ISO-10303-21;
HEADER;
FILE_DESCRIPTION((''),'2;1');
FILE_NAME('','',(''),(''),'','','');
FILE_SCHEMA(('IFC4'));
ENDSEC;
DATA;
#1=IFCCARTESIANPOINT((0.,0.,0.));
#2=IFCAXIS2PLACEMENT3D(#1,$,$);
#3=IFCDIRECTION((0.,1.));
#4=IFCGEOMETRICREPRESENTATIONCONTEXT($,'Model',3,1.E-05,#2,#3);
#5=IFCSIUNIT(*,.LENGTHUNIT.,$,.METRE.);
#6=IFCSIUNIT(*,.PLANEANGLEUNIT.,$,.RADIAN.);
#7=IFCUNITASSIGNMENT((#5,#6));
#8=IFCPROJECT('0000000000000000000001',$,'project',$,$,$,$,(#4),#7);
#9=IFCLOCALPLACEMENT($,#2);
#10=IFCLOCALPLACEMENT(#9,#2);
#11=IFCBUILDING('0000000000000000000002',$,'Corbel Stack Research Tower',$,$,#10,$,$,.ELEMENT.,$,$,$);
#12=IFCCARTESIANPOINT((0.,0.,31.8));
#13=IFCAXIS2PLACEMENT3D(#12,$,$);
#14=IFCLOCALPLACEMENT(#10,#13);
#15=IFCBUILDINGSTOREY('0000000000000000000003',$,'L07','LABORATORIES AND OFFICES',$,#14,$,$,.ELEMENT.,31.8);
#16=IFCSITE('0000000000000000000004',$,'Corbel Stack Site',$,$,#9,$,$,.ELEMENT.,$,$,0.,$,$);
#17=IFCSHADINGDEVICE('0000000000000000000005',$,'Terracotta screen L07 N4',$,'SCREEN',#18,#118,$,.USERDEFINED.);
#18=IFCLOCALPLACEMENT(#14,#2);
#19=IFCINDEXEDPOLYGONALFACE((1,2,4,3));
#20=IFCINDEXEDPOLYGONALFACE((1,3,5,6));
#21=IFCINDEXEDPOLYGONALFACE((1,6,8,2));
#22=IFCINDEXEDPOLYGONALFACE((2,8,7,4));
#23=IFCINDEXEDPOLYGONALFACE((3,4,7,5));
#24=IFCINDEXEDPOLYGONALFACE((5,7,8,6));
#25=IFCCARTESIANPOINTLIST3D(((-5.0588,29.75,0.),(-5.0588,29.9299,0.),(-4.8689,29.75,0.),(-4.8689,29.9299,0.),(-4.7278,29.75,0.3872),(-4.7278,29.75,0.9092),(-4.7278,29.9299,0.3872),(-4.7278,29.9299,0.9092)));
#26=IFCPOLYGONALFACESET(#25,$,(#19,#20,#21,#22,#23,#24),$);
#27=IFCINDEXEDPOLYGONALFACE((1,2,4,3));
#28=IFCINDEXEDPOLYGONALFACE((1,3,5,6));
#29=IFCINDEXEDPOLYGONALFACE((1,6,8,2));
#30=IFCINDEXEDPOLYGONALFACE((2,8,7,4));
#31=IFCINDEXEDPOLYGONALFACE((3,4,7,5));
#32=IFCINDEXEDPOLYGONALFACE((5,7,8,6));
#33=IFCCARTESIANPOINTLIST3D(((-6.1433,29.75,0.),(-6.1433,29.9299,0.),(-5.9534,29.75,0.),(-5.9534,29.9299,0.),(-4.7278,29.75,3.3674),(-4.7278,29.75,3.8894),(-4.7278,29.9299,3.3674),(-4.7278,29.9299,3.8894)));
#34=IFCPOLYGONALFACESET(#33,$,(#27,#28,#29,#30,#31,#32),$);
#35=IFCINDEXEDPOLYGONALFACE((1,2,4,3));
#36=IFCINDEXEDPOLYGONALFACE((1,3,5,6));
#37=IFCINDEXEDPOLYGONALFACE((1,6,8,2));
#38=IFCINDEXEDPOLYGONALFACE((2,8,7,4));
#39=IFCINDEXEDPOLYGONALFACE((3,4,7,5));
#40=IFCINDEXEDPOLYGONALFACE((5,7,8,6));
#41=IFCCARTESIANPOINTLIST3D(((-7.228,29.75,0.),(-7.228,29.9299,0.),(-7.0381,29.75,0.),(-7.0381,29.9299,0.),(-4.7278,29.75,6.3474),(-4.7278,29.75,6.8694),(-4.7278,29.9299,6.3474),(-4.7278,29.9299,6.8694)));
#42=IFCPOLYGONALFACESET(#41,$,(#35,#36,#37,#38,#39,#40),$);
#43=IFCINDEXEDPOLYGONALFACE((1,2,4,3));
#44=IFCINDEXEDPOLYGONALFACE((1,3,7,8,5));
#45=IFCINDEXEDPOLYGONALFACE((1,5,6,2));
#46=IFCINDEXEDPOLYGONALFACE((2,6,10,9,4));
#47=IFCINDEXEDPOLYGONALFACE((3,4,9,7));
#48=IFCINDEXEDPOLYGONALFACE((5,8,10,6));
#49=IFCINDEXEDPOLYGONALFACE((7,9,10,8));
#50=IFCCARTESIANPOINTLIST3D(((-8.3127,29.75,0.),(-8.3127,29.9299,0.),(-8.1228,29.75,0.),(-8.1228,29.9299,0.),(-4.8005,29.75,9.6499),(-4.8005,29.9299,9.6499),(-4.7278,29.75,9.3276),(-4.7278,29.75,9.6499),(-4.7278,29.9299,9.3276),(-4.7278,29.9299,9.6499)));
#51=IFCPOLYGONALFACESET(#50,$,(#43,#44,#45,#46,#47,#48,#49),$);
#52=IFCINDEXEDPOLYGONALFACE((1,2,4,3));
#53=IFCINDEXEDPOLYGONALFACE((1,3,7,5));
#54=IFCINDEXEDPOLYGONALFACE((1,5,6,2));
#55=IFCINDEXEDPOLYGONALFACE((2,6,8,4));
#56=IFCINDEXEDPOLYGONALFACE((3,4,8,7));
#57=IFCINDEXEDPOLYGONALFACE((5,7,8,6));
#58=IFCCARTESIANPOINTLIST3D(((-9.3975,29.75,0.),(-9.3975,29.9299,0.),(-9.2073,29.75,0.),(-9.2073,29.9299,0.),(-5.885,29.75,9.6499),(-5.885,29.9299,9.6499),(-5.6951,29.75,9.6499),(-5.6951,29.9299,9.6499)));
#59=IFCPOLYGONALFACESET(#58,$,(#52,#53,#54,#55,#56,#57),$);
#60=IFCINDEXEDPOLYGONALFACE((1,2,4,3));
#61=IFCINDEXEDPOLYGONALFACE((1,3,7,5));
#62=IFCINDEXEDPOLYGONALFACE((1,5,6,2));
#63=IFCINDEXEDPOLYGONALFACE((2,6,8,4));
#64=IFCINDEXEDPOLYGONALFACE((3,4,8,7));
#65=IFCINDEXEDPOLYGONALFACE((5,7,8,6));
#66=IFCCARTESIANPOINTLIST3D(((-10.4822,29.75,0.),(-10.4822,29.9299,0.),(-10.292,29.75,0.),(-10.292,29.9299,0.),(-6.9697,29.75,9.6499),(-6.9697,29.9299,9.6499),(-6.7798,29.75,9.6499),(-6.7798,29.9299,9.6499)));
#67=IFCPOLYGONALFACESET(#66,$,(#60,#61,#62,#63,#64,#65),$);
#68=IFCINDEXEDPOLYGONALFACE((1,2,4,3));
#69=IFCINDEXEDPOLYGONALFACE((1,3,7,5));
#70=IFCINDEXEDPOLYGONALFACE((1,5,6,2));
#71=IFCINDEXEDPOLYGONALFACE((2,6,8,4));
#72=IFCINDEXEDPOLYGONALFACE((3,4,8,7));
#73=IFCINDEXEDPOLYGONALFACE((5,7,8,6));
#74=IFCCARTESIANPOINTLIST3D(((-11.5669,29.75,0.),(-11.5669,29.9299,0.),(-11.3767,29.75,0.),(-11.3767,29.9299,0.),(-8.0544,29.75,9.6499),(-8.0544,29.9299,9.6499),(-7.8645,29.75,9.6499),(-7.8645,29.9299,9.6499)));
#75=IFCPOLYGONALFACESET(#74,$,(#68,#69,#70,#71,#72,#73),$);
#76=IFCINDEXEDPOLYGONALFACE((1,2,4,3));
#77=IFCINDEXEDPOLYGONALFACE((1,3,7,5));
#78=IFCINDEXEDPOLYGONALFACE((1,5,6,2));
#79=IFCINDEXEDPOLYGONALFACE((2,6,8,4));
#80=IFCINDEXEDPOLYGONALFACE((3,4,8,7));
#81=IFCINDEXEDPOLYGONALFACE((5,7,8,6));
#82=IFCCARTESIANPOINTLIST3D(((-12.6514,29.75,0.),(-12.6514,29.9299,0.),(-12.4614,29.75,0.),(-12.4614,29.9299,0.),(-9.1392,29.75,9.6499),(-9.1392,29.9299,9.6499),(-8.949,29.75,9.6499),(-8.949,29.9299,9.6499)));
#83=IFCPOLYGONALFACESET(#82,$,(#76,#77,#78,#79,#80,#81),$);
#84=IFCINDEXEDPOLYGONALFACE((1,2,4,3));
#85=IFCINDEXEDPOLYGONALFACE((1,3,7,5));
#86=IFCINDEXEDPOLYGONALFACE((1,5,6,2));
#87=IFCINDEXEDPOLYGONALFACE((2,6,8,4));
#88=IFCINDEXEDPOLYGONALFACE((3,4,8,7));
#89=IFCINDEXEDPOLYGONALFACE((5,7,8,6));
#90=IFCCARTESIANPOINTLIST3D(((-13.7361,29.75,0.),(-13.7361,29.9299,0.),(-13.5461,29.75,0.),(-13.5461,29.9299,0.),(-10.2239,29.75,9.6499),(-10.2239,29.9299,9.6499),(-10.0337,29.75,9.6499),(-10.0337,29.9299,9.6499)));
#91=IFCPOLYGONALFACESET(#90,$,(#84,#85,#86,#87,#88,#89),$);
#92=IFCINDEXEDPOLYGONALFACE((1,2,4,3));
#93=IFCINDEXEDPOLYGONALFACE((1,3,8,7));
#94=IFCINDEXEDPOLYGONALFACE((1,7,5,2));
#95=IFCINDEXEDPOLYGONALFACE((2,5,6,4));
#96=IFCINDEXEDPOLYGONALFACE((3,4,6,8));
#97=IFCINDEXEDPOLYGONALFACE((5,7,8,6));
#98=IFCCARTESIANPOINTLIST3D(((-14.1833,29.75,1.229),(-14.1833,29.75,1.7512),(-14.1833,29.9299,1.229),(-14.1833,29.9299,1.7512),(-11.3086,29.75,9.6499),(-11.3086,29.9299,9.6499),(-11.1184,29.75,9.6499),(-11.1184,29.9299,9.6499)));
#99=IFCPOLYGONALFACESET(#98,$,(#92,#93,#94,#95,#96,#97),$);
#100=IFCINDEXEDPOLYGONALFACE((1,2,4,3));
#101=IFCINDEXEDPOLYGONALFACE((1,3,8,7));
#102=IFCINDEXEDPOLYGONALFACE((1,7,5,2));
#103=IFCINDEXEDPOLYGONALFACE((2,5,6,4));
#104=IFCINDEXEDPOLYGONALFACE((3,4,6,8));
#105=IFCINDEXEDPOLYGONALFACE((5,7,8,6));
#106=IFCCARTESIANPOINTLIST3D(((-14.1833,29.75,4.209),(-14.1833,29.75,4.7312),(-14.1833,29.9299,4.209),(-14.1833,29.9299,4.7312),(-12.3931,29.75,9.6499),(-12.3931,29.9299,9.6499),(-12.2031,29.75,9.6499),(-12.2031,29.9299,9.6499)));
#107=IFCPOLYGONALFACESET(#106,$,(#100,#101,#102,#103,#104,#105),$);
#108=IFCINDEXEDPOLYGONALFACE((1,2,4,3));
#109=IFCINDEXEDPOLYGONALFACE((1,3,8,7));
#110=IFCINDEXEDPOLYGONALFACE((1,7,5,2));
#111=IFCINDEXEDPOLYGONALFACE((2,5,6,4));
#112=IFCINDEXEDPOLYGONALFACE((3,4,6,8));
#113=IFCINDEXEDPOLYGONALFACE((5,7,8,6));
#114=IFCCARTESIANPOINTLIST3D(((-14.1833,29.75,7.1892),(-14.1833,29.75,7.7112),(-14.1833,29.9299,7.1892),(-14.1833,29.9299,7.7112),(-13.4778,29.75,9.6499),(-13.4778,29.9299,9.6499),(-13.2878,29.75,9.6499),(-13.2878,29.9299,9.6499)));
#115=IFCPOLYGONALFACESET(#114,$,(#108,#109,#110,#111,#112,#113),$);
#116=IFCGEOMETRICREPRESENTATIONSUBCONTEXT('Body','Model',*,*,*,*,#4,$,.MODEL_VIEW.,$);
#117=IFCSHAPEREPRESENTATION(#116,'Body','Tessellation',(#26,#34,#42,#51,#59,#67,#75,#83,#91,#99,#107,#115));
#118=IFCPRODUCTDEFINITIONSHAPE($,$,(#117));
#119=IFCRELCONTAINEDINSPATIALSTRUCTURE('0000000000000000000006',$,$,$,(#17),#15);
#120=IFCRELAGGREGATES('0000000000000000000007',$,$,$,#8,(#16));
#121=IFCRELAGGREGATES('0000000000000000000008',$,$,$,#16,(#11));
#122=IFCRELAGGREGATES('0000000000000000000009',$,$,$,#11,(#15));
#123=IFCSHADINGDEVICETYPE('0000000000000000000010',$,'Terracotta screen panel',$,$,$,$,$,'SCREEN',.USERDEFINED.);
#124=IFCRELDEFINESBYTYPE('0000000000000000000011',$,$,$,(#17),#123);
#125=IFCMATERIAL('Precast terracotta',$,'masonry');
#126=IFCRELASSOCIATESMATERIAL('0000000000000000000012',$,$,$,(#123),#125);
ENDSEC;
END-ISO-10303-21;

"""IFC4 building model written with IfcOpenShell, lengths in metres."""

from ifc_helpers import new_model, si_unit, direction, frame, origin, place, context, subcontext, project, spatial, polyline, outline, extrude, source, transform, mapped, material, type_object, element, save


model = new_model("IFC4")

# Units and contexts
model_context = context("Model", 3, precision=1e-05, world=origin(), true_north=direction((0.0, 1.0)))
body_context = subcontext(model_context, "Body", "Model", "MODEL_VIEW")
ifc_project = project(units=[si_unit("LENGTHUNIT", "METRE"), si_unit("PLANEANGLEUNIT", "RADIAN")], contexts=[model_context])

# Site, building, storey
site_placement = place(None, origin())
site = spatial("IfcSite", under=ifc_project, at=site_placement, Name="Corbel Stack Site", CompositionType="ELEMENT", RefElevation=0.0)
building_placement = place(site_placement, origin())
building = spatial("IfcBuilding", under=site, at=building_placement, Name="Corbel Stack Research Tower", CompositionType="ELEMENT")
storey_placement = place(building_placement, frame((0.0, 0.0, 31.8)))
storey = spatial("IfcBuildingStorey", under=building, at=storey_placement, Name="L07", Description="LABORATORIES AND OFFICES", CompositionType="ELEMENT", Elevation=31.8)

# Shading device
ifc_material_1 = material(Name="Precast terracotta", Category="masonry")
shading_device_type = type_object("IfcShadingDeviceType", Name="Terracotta screen panel", ElementType="SCREEN", PredefinedType="USERDEFINED", material=ifc_material_1)
shared_shape = source(origin(), body_context, "Body", "SweptSolid", [
    extrude(outline(polyline([(0.3311, 0.0), (0.0, 0.9092), (0.0, 0.3872), (0.1411, 0.0), (0.3311, 0.0)])), frame((0.0, 0.0, 0.0), z_axis=(0.0, -1.0, 0.0), x_axis=(1.0, 0.0, 0.0)), (0.0, 0.0, 1.0), 0.1799),
    extrude(outline(polyline([(1.4155, 0.0), (0.0, 3.8894), (0.0, 3.3674), (1.2256, 0.0), (1.4155, 0.0)])), frame((0.0, 0.0, 0.0), z_axis=(0.0, -1.0, 0.0), x_axis=(1.0, 0.0, 0.0)), (0.0, 0.0, 1.0), 0.1799),
    extrude(outline(polyline([(2.5002, 0.0), (0.0, 6.8694), (0.0, 6.3474), (2.3103, 0.0), (2.5002, 0.0)])), frame((0.0, 0.0, 0.0), z_axis=(0.0, -1.0, 0.0), x_axis=(1.0, 0.0, 0.0)), (0.0, 0.0, 1.0), 0.1799),
    extrude(outline(polyline([(3.585, 0.0), (0.0728, 9.6499), (0.0, 9.6499), (0.0, 9.3276), (3.395, 0.0), (3.585, 0.0)])), frame((0.0, 0.0, 0.0), z_axis=(0.0, -1.0, 0.0), x_axis=(1.0, 0.0, 0.0)), (0.0, 0.0, 1.0), 0.1799),
    extrude(outline(polyline([(4.6697, 0.0), (1.1572, 9.6499), (0.9673, 9.6499), (4.4795, 0.0), (4.6697, 0.0)])), frame((0.0, 0.0, 0.0), z_axis=(0.0, -1.0, 0.0), x_axis=(1.0, 0.0, 0.0)), (0.0, 0.0, 1.0), 0.1799),
    extrude(outline(polyline([(5.7544, 0.0), (2.2419, 9.6499), (2.052, 9.6499), (5.5642, 0.0), (5.7544, 0.0)])), frame((0.0, 0.0, 0.0), z_axis=(0.0, -1.0, 0.0), x_axis=(1.0, 0.0, 0.0)), (0.0, 0.0, 1.0), 0.1799),
    extrude(outline(polyline([(6.8391, 0.0), (3.3267, 9.6499), (3.1367, 9.6499), (6.6489, 0.0), (6.8391, 0.0)])), frame((0.0, 0.0, 0.0), z_axis=(0.0, -1.0, 0.0), x_axis=(1.0, 0.0, 0.0)), (0.0, 0.0, 1.0), 0.1799),
    extrude(outline(polyline([(7.9236, 0.0), (4.4114, 9.6499), (4.2212, 9.6499), (7.7336, 0.0), (7.9236, 0.0)])), frame((0.0, 0.0, 0.0), z_axis=(0.0, -1.0, 0.0), x_axis=(1.0, 0.0, 0.0)), (0.0, 0.0, 1.0), 0.1799),
    extrude(outline(polyline([(9.0083, 0.0), (5.4961, 9.6499), (5.3059, 9.6499), (8.8184, 0.0), (9.0083, 0.0)])), frame((0.0, 0.0, 0.0), z_axis=(0.0, -1.0, 0.0), x_axis=(1.0, 0.0, 0.0)), (0.0, 0.0, 1.0), 0.1799),
    extrude(outline(polyline([(6.5808, 9.6499), (6.3906, 9.6499), (9.4556, 1.229), (9.4556, 1.7512), (6.5808, 9.6499)])), frame((0.0, 0.0, 0.0), z_axis=(0.0, -1.0, 0.0), x_axis=(1.0, 0.0, 0.0)), (0.0, 0.0, 1.0), 0.1799),
    extrude(outline(polyline([(7.6653, 9.6499), (7.4753, 9.6499), (9.4556, 4.209), (9.4556, 4.7312), (7.6653, 9.6499)])), frame((0.0, 0.0, 0.0), z_axis=(0.0, -1.0, 0.0), x_axis=(1.0, 0.0, 0.0)), (0.0, 0.0, 1.0), 0.1799),
    extrude(outline(polyline([(8.75, 9.6499), (8.5601, 9.6499), (9.4556, 7.1892), (9.4556, 7.7112), (8.75, 9.6499)])), frame((0.0, 0.0, 0.0), z_axis=(0.0, -1.0, 0.0), x_axis=(1.0, 0.0, 0.0)), (0.0, 0.0, 1.0), 0.1799),
])
shading_device_placement = place(storey_placement, frame((-4.7278, 29.75, 0.0), z_axis=(0.0, 0.0, 1.0), x_axis=(-1.0, 0.0, 0.0)))
element("IfcShadingDevice", 1, at=shading_device_placement, inside=storey, type_object=shading_device_type, Name="Terracotta screen L07 N4", ObjectType="SCREEN", PredefinedType="USERDEFINED", context=body_context, shape_type="MappedRepresentation", body=[
    mapped(shared_shape, transform((0.0, 0.0, 0.0))),
])

save(model, "model.ifc")
